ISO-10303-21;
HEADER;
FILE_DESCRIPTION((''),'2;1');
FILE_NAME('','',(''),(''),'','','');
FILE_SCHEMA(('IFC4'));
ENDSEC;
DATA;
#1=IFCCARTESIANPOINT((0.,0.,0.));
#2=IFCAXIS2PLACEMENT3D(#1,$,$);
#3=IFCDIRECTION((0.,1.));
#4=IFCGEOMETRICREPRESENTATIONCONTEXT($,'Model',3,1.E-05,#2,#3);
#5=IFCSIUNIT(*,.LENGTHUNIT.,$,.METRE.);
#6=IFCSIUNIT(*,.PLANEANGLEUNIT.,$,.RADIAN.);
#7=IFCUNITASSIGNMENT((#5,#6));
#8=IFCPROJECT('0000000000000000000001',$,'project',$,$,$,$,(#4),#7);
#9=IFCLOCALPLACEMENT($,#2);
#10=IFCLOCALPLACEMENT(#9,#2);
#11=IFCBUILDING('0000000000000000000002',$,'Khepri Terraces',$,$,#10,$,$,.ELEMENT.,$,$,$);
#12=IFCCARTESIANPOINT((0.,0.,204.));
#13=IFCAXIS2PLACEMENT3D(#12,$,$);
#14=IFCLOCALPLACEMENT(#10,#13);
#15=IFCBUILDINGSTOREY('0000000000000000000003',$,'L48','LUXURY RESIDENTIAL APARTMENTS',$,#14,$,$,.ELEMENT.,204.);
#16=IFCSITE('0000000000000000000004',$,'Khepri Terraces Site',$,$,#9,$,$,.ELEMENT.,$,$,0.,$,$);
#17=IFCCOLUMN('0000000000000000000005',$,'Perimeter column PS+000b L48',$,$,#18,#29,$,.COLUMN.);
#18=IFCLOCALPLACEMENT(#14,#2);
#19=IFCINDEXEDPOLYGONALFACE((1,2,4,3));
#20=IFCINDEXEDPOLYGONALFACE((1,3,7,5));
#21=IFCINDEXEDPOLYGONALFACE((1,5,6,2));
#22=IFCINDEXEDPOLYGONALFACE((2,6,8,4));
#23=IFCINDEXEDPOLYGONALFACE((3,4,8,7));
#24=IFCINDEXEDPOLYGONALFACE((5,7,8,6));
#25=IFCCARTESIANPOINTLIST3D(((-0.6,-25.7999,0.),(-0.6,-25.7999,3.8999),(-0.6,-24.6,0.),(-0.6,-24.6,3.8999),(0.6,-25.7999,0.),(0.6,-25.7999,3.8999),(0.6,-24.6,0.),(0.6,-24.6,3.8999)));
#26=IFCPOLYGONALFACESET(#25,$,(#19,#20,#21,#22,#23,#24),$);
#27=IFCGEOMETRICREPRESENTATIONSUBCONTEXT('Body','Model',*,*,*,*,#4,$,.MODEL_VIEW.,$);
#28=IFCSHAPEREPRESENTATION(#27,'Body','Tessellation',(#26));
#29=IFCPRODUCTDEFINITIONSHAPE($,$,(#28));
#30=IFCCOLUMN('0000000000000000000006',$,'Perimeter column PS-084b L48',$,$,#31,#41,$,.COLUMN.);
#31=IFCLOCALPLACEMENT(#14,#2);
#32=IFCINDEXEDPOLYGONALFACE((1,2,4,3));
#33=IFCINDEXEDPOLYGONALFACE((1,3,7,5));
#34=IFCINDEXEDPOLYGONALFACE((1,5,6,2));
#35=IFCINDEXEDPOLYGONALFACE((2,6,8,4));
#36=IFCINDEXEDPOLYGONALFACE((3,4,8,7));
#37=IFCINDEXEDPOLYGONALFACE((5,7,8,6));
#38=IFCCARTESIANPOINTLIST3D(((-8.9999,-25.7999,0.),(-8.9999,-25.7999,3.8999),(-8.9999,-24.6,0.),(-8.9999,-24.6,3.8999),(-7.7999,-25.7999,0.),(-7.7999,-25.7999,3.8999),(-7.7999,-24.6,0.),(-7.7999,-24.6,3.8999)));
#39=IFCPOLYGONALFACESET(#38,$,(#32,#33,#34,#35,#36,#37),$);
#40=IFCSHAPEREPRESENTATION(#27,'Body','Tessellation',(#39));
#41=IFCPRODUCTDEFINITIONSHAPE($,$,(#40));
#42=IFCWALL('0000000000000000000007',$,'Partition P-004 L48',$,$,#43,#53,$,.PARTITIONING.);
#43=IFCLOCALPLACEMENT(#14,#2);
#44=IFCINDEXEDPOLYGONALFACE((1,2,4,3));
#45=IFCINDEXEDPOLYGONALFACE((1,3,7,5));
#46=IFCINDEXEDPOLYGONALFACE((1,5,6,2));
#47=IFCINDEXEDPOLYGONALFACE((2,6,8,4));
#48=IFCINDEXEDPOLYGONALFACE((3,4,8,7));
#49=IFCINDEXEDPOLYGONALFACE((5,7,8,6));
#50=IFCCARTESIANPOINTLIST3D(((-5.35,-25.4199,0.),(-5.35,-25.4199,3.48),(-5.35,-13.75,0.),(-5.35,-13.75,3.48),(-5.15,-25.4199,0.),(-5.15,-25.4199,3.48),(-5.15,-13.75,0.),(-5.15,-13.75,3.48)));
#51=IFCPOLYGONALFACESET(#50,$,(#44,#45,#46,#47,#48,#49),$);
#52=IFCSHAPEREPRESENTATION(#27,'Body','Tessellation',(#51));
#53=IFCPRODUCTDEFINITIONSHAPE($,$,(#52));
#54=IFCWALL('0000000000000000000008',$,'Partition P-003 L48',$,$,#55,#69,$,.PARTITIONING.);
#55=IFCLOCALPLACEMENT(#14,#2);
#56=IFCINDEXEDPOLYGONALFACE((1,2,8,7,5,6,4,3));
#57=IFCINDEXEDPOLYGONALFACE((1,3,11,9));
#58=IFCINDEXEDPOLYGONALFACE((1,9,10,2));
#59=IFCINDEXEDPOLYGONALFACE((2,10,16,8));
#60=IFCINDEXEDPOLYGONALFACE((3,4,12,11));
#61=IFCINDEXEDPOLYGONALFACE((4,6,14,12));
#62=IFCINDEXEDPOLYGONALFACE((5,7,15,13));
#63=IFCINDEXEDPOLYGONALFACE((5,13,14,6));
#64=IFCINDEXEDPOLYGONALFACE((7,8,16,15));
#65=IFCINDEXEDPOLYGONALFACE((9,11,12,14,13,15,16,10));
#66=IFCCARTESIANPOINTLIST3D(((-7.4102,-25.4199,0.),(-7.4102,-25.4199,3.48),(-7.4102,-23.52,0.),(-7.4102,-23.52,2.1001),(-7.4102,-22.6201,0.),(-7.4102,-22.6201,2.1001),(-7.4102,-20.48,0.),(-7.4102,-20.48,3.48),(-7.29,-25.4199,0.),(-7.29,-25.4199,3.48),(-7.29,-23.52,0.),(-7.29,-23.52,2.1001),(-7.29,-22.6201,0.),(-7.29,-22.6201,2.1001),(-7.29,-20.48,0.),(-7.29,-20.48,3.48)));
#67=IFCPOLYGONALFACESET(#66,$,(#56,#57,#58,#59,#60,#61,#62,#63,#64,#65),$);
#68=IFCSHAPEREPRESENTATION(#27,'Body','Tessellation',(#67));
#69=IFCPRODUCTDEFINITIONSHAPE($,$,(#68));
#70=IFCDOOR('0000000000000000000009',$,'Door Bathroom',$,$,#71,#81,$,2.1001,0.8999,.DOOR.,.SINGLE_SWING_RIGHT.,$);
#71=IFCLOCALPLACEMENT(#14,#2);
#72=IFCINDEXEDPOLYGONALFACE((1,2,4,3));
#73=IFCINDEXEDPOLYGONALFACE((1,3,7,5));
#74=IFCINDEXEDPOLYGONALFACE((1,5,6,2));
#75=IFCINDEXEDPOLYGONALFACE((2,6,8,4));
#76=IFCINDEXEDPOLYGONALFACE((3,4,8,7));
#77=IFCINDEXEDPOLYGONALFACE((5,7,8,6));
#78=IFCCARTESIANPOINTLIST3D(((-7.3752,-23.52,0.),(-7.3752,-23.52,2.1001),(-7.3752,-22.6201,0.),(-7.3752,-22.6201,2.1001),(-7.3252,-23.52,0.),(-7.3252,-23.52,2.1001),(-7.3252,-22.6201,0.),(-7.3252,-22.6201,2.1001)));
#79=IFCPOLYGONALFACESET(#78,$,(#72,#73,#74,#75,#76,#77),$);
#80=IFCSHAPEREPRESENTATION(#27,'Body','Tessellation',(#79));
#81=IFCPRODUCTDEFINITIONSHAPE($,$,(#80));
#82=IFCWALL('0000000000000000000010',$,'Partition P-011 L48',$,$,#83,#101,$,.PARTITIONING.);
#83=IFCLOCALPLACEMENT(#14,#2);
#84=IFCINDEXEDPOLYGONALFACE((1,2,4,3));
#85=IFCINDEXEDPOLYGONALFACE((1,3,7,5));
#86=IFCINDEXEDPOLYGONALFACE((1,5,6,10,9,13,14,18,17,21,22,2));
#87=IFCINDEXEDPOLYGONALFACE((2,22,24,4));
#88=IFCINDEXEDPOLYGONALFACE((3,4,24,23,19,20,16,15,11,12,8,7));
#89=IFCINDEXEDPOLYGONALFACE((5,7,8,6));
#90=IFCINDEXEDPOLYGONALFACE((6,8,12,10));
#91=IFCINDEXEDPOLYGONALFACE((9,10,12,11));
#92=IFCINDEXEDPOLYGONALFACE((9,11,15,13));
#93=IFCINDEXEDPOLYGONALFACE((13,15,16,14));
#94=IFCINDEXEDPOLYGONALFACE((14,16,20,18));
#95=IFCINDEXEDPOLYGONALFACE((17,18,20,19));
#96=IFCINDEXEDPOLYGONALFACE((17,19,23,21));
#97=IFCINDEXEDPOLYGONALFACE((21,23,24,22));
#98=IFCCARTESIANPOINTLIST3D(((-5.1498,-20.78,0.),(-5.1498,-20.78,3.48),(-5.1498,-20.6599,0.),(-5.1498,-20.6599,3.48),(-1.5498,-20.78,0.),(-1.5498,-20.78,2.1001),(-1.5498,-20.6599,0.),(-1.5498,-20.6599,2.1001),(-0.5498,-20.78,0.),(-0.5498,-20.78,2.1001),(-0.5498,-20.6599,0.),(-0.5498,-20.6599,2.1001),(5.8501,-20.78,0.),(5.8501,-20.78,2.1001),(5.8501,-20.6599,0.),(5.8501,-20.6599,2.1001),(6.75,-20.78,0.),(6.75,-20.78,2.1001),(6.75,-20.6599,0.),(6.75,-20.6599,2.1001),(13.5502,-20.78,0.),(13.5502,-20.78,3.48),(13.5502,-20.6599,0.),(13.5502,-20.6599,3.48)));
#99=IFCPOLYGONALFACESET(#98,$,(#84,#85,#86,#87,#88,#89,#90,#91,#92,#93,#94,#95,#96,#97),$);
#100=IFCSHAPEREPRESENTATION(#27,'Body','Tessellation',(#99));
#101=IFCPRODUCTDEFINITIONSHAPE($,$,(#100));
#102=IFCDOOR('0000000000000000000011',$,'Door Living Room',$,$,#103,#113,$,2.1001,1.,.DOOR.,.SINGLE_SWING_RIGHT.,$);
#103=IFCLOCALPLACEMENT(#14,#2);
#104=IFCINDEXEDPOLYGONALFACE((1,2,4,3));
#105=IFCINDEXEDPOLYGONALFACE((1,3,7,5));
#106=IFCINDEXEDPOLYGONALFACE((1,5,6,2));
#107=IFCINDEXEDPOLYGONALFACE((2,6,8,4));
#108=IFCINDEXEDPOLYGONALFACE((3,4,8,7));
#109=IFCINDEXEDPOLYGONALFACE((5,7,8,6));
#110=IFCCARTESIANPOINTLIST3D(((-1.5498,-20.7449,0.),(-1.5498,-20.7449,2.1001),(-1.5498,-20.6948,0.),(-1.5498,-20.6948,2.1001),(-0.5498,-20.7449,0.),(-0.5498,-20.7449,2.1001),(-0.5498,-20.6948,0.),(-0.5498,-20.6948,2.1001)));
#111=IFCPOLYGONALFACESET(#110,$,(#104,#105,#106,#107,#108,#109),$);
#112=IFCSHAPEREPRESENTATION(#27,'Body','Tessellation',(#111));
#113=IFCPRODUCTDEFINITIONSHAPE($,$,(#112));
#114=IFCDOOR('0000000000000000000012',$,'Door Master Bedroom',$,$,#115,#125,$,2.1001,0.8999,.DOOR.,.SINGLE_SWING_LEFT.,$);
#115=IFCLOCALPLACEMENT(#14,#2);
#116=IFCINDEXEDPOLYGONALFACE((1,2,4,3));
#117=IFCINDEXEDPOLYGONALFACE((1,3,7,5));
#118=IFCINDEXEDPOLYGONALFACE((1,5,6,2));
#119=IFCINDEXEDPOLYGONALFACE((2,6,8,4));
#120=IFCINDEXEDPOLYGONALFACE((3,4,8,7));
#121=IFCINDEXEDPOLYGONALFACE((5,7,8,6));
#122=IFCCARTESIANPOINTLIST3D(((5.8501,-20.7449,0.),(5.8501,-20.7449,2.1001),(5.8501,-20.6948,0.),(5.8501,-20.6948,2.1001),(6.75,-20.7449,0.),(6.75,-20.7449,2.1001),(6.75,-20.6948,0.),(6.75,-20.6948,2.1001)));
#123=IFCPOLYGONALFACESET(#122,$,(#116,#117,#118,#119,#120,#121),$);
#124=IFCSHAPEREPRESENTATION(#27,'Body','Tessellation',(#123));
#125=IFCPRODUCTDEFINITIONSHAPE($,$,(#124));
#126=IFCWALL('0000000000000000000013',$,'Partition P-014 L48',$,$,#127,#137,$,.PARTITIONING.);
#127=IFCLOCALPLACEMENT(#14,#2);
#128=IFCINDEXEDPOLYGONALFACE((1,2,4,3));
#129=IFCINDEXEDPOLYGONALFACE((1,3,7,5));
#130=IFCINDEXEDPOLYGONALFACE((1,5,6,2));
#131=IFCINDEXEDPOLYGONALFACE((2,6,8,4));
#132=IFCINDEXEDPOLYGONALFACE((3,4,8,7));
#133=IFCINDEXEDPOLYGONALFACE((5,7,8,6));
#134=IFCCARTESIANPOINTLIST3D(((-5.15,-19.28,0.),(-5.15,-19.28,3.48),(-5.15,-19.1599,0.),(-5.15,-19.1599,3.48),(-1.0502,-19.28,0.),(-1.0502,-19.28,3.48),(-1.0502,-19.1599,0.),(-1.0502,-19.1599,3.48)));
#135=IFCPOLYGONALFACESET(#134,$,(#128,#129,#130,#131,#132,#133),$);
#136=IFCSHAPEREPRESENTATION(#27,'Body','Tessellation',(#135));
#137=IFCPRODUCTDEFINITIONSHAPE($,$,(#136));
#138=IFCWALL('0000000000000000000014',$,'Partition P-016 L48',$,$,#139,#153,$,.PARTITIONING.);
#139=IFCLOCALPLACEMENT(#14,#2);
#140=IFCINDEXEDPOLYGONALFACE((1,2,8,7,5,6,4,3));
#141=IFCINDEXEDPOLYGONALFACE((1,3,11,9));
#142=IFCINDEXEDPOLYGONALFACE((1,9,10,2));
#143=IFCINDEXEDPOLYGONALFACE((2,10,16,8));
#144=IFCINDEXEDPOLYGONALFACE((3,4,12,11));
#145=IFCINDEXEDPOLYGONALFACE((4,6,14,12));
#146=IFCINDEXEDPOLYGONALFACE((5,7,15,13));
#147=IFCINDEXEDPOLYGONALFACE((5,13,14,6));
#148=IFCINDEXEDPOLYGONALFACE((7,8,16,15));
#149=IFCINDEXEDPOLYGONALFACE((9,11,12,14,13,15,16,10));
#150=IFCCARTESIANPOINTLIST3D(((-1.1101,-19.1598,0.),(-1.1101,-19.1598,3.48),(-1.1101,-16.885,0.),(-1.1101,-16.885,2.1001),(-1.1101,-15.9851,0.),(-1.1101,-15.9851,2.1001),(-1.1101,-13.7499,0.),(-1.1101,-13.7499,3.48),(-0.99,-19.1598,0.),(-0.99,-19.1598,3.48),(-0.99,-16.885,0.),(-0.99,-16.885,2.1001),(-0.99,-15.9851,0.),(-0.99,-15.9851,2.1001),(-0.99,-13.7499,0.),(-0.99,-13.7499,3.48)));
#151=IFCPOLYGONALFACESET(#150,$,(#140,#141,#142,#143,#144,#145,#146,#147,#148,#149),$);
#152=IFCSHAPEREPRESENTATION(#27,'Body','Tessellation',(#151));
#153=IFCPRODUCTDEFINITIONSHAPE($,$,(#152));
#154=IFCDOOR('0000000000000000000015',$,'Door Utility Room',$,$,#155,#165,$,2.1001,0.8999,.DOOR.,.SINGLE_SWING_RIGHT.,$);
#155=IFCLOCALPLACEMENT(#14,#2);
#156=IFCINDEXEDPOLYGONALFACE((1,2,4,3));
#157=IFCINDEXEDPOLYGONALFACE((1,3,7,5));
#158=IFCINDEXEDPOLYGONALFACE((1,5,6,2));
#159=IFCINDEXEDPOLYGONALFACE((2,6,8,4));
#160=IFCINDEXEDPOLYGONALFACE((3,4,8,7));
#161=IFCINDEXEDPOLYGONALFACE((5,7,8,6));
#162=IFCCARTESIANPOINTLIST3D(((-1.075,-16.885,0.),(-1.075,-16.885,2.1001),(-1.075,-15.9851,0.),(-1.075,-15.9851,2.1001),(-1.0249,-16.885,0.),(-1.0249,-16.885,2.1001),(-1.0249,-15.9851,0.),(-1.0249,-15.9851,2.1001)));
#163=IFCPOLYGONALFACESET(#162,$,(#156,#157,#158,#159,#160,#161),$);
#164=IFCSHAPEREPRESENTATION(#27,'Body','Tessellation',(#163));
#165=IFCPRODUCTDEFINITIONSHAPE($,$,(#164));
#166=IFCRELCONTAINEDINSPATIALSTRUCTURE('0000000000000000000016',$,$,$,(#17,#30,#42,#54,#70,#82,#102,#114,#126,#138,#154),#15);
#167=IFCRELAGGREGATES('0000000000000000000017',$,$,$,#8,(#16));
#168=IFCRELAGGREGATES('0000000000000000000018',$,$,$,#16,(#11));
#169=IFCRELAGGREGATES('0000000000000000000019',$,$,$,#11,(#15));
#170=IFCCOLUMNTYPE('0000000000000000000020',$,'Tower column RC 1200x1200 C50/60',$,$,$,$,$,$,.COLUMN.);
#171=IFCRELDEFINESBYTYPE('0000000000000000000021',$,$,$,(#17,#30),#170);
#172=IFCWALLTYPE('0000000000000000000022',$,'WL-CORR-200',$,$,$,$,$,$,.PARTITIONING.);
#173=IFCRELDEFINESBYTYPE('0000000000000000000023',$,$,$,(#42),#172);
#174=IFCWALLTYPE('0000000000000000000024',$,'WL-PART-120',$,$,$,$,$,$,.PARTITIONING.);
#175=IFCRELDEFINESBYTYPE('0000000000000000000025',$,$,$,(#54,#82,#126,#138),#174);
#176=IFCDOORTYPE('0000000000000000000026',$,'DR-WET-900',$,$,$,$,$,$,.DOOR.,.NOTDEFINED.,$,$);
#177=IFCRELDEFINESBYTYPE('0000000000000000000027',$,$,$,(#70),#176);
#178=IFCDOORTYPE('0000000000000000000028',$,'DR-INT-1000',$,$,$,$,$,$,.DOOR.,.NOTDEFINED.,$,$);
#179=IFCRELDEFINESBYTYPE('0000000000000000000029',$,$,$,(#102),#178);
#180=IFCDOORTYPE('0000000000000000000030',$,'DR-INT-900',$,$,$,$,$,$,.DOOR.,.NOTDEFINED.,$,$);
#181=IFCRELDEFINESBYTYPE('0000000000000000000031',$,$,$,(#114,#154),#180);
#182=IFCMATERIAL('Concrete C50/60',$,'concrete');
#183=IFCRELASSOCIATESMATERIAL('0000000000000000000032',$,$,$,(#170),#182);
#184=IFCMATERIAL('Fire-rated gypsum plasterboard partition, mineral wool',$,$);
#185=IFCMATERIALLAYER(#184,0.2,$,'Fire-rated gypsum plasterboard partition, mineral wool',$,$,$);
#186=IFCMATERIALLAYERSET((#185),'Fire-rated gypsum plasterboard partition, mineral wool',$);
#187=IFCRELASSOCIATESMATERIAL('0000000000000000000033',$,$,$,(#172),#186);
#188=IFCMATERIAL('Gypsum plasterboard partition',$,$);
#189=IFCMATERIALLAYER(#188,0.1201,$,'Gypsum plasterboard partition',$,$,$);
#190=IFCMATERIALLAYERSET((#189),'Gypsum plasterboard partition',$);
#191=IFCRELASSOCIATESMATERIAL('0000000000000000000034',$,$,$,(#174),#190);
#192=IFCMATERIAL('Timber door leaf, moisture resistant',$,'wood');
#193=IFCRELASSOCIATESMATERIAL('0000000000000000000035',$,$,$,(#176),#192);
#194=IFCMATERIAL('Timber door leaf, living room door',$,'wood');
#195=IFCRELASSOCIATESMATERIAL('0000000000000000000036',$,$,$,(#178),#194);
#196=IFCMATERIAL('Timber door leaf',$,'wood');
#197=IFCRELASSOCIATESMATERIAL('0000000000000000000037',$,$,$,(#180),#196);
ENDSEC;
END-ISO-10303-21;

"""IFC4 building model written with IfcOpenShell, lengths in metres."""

from ifc_helpers import new_model, si_unit, direction, frame, frame_2d, origin, origin_2d, place, context, subcontext, project, spatial, rectangle, extrude, material, layer, layer_set, material_profile, profile_set, type_object, element, fill, save


model = new_model("IFC4")

# Units and contexts
model_context = context("Model", 3, precision=1e-05, world=origin(), true_north=direction((0.0, 1.0)))
body_context = subcontext(model_context, "Body", "Model", "MODEL_VIEW")
ifc_project = project(units=[si_unit("LENGTHUNIT", "METRE"), si_unit("PLANEANGLEUNIT", "RADIAN")], contexts=[model_context])

# Site, building, storey
site_placement = place(None, origin())
site = spatial("IfcSite", under=ifc_project, at=site_placement, Name="Khepri Terraces Site", CompositionType="ELEMENT", RefElevation=0.0)
building_placement = place(site_placement, origin())
building = spatial("IfcBuilding", under=site, at=building_placement, Name="Khepri Terraces", CompositionType="ELEMENT")
storey_placement = place(building_placement, frame((0.0, 0.0, 204.0)))
storey = spatial("IfcBuildingStorey", under=building, at=storey_placement, Name="L48", Description="LUXURY RESIDENTIAL APARTMENTS", CompositionType="ELEMENT", Elevation=204.0)

# Columns
ifc_material_1 = material(Name="Concrete C50/60", Category="concrete")
ifc_material_profile = material_profile(ifc_material_1, rectangle(XDim=1.2, YDim=1.2, at=origin_2d()), Name="Concrete C50/60", Category="concrete")
ifc_profile_set = profile_set([ifc_material_profile], Name="Concrete C50/60")
column_type = type_object("IfcColumnType", Name="Tower column RC 1200x1200 C50/60", PredefinedType="COLUMN", material=ifc_profile_set)
for number, where, z_axis, x_axis, name in (
    (1, (0.0, -25.2, 0.0), (0.0, 0.0, 1.0), (1.0, 0.0, 0.0), "Perimeter column PS+000b L48"),
    (2, (-8.3999, -25.2, 0.0), (0.0, 0.0, 1.0), (1.0, 0.0, 0.0), "Perimeter column PS-084b L48"),
):
    element("IfcColumn", number, at=place(storey_placement, frame(where, z_axis=z_axis, x_axis=x_axis)), inside=storey, type_object=column_type, Name=name, PredefinedType="COLUMN", context=body_context, shape_type="SweptSolid", body=[
        extrude(rectangle(XDim=1.2, YDim=1.2, at=origin_2d()), origin(), (0.0, 0.0, 1.0), 3.8999),
    ])

# Wall
ifc_material_2 = material(Name="Fire-rated gypsum plasterboard partition, mineral wool")
ifc_layer_1 = layer(ifc_material_2, 0.2, Name="Fire-rated gypsum plasterboard partition, mineral wool")
ifc_layer_set_1 = layer_set([ifc_layer_1], Name="Fire-rated gypsum plasterboard partition, mineral wool")
wall_type_1 = type_object("IfcWallType", Name="WL-CORR-200", PredefinedType="PARTITIONING", material=ifc_layer_set_1)
wall_1_placement = place(storey_placement, frame((-5.25, -25.4199, 0.0), z_axis=(0.0, 0.0, 1.0), x_axis=(0.0, 1.0, 0.0)))
element("IfcWall", 3, at=wall_1_placement, inside=storey, type_object=wall_type_1, Name="Partition P-004 L48", PredefinedType="PARTITIONING", context=body_context, shape_type="SweptSolid", body=[
    extrude(rectangle(XDim=11.6699, YDim=0.2, at=frame_2d((5.835, 0.0))), origin(), (0.0, 0.0, 1.0), 3.48),
])

# Wall, opening, door
ifc_material_3 = material(Name="Gypsum plasterboard partition")
ifc_layer_2 = layer(ifc_material_3, 0.1201, Name="Gypsum plasterboard partition")
ifc_layer_set_2 = layer_set([ifc_layer_2], Name="Gypsum plasterboard partition")
wall_type_2 = type_object("IfcWallType", Name="WL-PART-120", PredefinedType="PARTITIONING", material=ifc_layer_set_2)
wall_2_placement = place(storey_placement, frame((-7.3501, -25.4199, 0.0), z_axis=(0.0, 0.0, 1.0), x_axis=(0.0, 1.0, 0.0)))
wall_2 = element("IfcWall", 4, at=wall_2_placement, inside=storey, type_object=wall_type_2, Name="Partition P-003 L48", PredefinedType="PARTITIONING", context=body_context, shape_type="SweptSolid", body=[
    extrude(rectangle(XDim=4.9399, YDim=0.1201, at=frame_2d((2.47, 0.0))), origin(), (0.0, 0.0, 1.0), 3.48),
])
opening_1_placement = place(wall_2_placement, frame((1.8999, 0.0, 0.0)))
opening_1 = element("IfcOpeningElement", 5, at=opening_1_placement, cuts=wall_2, PredefinedType="OPENING", context=body_context, shape_type="SweptSolid", body=[
    extrude(rectangle(XDim=0.8999, YDim=2.1001, at=frame_2d((0.45, 1.05))), frame((0.0, 0.0701, 0.0), z_axis=(0.0, -1.0, 0.0), x_axis=(1.0, 0.0, 0.0)), (0.0, 0.0, 1.0), 0.1401),
])
ifc_material_4 = material(Name="Timber door leaf, moisture resistant", Category="wood")
door_type_1 = type_object("IfcDoorType", Name="DR-WET-900", OperationType="NOTDEFINED", PredefinedType="DOOR", material=ifc_material_4)
door_1_placement = place(opening_1_placement, frame((0.8999, 0.0, 0.0), z_axis=(0.0, 0.0, 1.0), x_axis=(-1.0, 0.0, 0.0)))
door_1 = element("IfcDoor", 6, at=door_1_placement, inside=storey, type_object=door_type_1, Name="Door Bathroom", OperationType="SINGLE_SWING_RIGHT", OverallHeight=2.1001, OverallWidth=0.8999, PredefinedType="DOOR", context=body_context, shape_type="SweptSolid", body=[
    extrude(rectangle(XDim=0.8999, YDim=2.1001, at=frame_2d((0.45, 1.05))), frame((0.0, 0.0249, 0.0), z_axis=(0.0, -1.0, 0.0), x_axis=(1.0, 0.0, 0.0)), (0.0, 0.0, 1.0), 0.05),
])
fill(opening_1, door_1)

# Wall, openings, doors
wall_3_placement = place(storey_placement, frame((-5.1499, -20.72, 0.0), z_axis=(0.0, 0.0, 1.0), x_axis=(1.0, 0.0, 0.0)))
wall_3 = element("IfcWall", 7, at=wall_3_placement, inside=storey, type_object=wall_type_2, Name="Partition P-011 L48", PredefinedType="PARTITIONING", context=body_context, shape_type="SweptSolid", body=[
    extrude(rectangle(XDim=18.7, YDim=0.1201, at=frame_2d((9.3501, 0.0))), origin(), (0.0, 0.0, 1.0), 3.48),
])
opening_2_placement = place(wall_3_placement, frame((3.6001, 0.0, 0.0)))
opening_2 = element("IfcOpeningElement", 8, at=opening_2_placement, cuts=wall_3, PredefinedType="OPENING", context=body_context, shape_type="SweptSolid", body=[
    extrude(rectangle(XDim=1.0, YDim=2.1001, at=frame_2d((0.5, 1.05))), frame((0.0, 0.0701, 0.0), z_axis=(0.0, -1.0, 0.0), x_axis=(1.0, 0.0, 0.0)), (0.0, 0.0, 1.0), 0.1401),
])
opening_3_placement = place(wall_3_placement, frame((11.0, 0.0, 0.0)))
opening_3 = element("IfcOpeningElement", 9, at=opening_3_placement, cuts=wall_3, PredefinedType="OPENING", context=body_context, shape_type="SweptSolid", body=[
    extrude(rectangle(XDim=0.8999, YDim=2.1001, at=frame_2d((0.45, 1.05))), frame((0.0, 0.0701, 0.0), z_axis=(0.0, -1.0, 0.0), x_axis=(1.0, 0.0, 0.0)), (0.0, 0.0, 1.0), 0.1401),
])
ifc_material_5 = material(Name="Timber door leaf, living room door", Category="wood")
door_type_2 = type_object("IfcDoorType", Name="DR-INT-1000", OperationType="NOTDEFINED", PredefinedType="DOOR", material=ifc_material_5)
door_2_placement = place(opening_2_placement, frame((1.0, 0.0, 0.0), z_axis=(0.0, 0.0, 1.0), x_axis=(-1.0, 0.0, 0.0)))
door_2 = element("IfcDoor", 10, at=door_2_placement, inside=storey, type_object=door_type_2, Name="Door Living Room", OperationType="SINGLE_SWING_RIGHT", OverallHeight=2.1001, OverallWidth=1.0, PredefinedType="DOOR", context=body_context, shape_type="SweptSolid", body=[
    extrude(rectangle(XDim=1.0, YDim=2.1001, at=frame_2d((0.5, 1.05))), frame((0.0, 0.0249, 0.0), z_axis=(0.0, -1.0, 0.0), x_axis=(1.0, 0.0, 0.0)), (0.0, 0.0, 1.0), 0.05),
])
fill(opening_2, door_2)
ifc_material_6 = material(Name="Timber door leaf", Category="wood")
door_type_3 = type_object("IfcDoorType", Name="DR-INT-900", OperationType="NOTDEFINED", PredefinedType="DOOR", material=ifc_material_6)
door_3_placement = place(opening_3_placement, frame((0.8999, 0.0, 0.0), z_axis=(0.0, 0.0, 1.0), x_axis=(-1.0, 0.0, 0.0)))
door_3 = element("IfcDoor", 11, at=door_3_placement, inside=storey, type_object=door_type_3, Name="Door Master Bedroom", OperationType="SINGLE_SWING_LEFT", OverallHeight=2.1001, OverallWidth=0.8999, PredefinedType="DOOR", context=body_context, shape_type="SweptSolid", body=[
    extrude(rectangle(XDim=0.8999, YDim=2.1001, at=frame_2d((0.45, 1.05))), frame((0.0, 0.0249, 0.0), z_axis=(0.0, -1.0, 0.0), x_axis=(1.0, 0.0, 0.0)), (0.0, 0.0, 1.0), 0.05),
])
fill(opening_3, door_3)

# Wall
wall_4_placement = place(storey_placement, frame((-5.1499, -19.22, 0.0), z_axis=(0.0, 0.0, 1.0), x_axis=(1.0, 0.0, 0.0)))
element("IfcWall", 12, at=wall_4_placement, inside=storey, type_object=wall_type_2, Name="Partition P-014 L48", PredefinedType="PARTITIONING", context=body_context, shape_type="SweptSolid", body=[
    extrude(rectangle(XDim=4.0999, YDim=0.1201, at=frame_2d((2.0498, 0.0))), origin(), (0.0, 0.0, 1.0), 3.48),
])

# Wall, opening, door
wall_5_placement = place(storey_placement, frame((-1.05, -19.1599, 0.0), z_axis=(0.0, 0.0, 1.0), x_axis=(0.0, 1.0, 0.0)))
wall_5 = element("IfcWall", 13, at=wall_5_placement, inside=storey, type_object=wall_type_2, Name="Partition P-016 L48", PredefinedType="PARTITIONING", context=body_context, shape_type="SweptSolid", body=[
    extrude(rectangle(XDim=5.4099, YDim=0.1201, at=frame_2d((2.7051, 0.0))), origin(), (0.0, 0.0, 1.0), 3.48),
])
opening_4_placement = place(wall_5_placement, frame((2.2749, 0.0, 0.0)))
opening_4 = element("IfcOpeningElement", 14, at=opening_4_placement, cuts=wall_5, PredefinedType="OPENING", context=body_context, shape_type="SweptSolid", body=[
    extrude(rectangle(XDim=0.8999, YDim=2.1001, at=frame_2d((0.45, 1.05))), frame((0.0, 0.0701, 0.0), z_axis=(0.0, -1.0, 0.0), x_axis=(1.0, 0.0, 0.0)), (0.0, 0.0, 1.0), 0.1401),
])
door_4_placement = place(opening_4_placement, origin())
door_4 = element("IfcDoor", 15, at=door_4_placement, inside=storey, type_object=door_type_3, Name="Door Utility Room", OperationType="SINGLE_SWING_RIGHT", OverallHeight=2.1001, OverallWidth=0.8999, PredefinedType="DOOR", context=body_context, shape_type="SweptSolid", body=[
    extrude(rectangle(XDim=0.8999, YDim=2.1001, at=frame_2d((0.45, 1.05))), frame((0.0, 0.0249, 0.0), z_axis=(0.0, -1.0, 0.0), x_axis=(1.0, 0.0, 0.0)), (0.0, 0.0, 1.0), 0.05),
])
fill(opening_4, door_4)

save(model, "model.ifc")
